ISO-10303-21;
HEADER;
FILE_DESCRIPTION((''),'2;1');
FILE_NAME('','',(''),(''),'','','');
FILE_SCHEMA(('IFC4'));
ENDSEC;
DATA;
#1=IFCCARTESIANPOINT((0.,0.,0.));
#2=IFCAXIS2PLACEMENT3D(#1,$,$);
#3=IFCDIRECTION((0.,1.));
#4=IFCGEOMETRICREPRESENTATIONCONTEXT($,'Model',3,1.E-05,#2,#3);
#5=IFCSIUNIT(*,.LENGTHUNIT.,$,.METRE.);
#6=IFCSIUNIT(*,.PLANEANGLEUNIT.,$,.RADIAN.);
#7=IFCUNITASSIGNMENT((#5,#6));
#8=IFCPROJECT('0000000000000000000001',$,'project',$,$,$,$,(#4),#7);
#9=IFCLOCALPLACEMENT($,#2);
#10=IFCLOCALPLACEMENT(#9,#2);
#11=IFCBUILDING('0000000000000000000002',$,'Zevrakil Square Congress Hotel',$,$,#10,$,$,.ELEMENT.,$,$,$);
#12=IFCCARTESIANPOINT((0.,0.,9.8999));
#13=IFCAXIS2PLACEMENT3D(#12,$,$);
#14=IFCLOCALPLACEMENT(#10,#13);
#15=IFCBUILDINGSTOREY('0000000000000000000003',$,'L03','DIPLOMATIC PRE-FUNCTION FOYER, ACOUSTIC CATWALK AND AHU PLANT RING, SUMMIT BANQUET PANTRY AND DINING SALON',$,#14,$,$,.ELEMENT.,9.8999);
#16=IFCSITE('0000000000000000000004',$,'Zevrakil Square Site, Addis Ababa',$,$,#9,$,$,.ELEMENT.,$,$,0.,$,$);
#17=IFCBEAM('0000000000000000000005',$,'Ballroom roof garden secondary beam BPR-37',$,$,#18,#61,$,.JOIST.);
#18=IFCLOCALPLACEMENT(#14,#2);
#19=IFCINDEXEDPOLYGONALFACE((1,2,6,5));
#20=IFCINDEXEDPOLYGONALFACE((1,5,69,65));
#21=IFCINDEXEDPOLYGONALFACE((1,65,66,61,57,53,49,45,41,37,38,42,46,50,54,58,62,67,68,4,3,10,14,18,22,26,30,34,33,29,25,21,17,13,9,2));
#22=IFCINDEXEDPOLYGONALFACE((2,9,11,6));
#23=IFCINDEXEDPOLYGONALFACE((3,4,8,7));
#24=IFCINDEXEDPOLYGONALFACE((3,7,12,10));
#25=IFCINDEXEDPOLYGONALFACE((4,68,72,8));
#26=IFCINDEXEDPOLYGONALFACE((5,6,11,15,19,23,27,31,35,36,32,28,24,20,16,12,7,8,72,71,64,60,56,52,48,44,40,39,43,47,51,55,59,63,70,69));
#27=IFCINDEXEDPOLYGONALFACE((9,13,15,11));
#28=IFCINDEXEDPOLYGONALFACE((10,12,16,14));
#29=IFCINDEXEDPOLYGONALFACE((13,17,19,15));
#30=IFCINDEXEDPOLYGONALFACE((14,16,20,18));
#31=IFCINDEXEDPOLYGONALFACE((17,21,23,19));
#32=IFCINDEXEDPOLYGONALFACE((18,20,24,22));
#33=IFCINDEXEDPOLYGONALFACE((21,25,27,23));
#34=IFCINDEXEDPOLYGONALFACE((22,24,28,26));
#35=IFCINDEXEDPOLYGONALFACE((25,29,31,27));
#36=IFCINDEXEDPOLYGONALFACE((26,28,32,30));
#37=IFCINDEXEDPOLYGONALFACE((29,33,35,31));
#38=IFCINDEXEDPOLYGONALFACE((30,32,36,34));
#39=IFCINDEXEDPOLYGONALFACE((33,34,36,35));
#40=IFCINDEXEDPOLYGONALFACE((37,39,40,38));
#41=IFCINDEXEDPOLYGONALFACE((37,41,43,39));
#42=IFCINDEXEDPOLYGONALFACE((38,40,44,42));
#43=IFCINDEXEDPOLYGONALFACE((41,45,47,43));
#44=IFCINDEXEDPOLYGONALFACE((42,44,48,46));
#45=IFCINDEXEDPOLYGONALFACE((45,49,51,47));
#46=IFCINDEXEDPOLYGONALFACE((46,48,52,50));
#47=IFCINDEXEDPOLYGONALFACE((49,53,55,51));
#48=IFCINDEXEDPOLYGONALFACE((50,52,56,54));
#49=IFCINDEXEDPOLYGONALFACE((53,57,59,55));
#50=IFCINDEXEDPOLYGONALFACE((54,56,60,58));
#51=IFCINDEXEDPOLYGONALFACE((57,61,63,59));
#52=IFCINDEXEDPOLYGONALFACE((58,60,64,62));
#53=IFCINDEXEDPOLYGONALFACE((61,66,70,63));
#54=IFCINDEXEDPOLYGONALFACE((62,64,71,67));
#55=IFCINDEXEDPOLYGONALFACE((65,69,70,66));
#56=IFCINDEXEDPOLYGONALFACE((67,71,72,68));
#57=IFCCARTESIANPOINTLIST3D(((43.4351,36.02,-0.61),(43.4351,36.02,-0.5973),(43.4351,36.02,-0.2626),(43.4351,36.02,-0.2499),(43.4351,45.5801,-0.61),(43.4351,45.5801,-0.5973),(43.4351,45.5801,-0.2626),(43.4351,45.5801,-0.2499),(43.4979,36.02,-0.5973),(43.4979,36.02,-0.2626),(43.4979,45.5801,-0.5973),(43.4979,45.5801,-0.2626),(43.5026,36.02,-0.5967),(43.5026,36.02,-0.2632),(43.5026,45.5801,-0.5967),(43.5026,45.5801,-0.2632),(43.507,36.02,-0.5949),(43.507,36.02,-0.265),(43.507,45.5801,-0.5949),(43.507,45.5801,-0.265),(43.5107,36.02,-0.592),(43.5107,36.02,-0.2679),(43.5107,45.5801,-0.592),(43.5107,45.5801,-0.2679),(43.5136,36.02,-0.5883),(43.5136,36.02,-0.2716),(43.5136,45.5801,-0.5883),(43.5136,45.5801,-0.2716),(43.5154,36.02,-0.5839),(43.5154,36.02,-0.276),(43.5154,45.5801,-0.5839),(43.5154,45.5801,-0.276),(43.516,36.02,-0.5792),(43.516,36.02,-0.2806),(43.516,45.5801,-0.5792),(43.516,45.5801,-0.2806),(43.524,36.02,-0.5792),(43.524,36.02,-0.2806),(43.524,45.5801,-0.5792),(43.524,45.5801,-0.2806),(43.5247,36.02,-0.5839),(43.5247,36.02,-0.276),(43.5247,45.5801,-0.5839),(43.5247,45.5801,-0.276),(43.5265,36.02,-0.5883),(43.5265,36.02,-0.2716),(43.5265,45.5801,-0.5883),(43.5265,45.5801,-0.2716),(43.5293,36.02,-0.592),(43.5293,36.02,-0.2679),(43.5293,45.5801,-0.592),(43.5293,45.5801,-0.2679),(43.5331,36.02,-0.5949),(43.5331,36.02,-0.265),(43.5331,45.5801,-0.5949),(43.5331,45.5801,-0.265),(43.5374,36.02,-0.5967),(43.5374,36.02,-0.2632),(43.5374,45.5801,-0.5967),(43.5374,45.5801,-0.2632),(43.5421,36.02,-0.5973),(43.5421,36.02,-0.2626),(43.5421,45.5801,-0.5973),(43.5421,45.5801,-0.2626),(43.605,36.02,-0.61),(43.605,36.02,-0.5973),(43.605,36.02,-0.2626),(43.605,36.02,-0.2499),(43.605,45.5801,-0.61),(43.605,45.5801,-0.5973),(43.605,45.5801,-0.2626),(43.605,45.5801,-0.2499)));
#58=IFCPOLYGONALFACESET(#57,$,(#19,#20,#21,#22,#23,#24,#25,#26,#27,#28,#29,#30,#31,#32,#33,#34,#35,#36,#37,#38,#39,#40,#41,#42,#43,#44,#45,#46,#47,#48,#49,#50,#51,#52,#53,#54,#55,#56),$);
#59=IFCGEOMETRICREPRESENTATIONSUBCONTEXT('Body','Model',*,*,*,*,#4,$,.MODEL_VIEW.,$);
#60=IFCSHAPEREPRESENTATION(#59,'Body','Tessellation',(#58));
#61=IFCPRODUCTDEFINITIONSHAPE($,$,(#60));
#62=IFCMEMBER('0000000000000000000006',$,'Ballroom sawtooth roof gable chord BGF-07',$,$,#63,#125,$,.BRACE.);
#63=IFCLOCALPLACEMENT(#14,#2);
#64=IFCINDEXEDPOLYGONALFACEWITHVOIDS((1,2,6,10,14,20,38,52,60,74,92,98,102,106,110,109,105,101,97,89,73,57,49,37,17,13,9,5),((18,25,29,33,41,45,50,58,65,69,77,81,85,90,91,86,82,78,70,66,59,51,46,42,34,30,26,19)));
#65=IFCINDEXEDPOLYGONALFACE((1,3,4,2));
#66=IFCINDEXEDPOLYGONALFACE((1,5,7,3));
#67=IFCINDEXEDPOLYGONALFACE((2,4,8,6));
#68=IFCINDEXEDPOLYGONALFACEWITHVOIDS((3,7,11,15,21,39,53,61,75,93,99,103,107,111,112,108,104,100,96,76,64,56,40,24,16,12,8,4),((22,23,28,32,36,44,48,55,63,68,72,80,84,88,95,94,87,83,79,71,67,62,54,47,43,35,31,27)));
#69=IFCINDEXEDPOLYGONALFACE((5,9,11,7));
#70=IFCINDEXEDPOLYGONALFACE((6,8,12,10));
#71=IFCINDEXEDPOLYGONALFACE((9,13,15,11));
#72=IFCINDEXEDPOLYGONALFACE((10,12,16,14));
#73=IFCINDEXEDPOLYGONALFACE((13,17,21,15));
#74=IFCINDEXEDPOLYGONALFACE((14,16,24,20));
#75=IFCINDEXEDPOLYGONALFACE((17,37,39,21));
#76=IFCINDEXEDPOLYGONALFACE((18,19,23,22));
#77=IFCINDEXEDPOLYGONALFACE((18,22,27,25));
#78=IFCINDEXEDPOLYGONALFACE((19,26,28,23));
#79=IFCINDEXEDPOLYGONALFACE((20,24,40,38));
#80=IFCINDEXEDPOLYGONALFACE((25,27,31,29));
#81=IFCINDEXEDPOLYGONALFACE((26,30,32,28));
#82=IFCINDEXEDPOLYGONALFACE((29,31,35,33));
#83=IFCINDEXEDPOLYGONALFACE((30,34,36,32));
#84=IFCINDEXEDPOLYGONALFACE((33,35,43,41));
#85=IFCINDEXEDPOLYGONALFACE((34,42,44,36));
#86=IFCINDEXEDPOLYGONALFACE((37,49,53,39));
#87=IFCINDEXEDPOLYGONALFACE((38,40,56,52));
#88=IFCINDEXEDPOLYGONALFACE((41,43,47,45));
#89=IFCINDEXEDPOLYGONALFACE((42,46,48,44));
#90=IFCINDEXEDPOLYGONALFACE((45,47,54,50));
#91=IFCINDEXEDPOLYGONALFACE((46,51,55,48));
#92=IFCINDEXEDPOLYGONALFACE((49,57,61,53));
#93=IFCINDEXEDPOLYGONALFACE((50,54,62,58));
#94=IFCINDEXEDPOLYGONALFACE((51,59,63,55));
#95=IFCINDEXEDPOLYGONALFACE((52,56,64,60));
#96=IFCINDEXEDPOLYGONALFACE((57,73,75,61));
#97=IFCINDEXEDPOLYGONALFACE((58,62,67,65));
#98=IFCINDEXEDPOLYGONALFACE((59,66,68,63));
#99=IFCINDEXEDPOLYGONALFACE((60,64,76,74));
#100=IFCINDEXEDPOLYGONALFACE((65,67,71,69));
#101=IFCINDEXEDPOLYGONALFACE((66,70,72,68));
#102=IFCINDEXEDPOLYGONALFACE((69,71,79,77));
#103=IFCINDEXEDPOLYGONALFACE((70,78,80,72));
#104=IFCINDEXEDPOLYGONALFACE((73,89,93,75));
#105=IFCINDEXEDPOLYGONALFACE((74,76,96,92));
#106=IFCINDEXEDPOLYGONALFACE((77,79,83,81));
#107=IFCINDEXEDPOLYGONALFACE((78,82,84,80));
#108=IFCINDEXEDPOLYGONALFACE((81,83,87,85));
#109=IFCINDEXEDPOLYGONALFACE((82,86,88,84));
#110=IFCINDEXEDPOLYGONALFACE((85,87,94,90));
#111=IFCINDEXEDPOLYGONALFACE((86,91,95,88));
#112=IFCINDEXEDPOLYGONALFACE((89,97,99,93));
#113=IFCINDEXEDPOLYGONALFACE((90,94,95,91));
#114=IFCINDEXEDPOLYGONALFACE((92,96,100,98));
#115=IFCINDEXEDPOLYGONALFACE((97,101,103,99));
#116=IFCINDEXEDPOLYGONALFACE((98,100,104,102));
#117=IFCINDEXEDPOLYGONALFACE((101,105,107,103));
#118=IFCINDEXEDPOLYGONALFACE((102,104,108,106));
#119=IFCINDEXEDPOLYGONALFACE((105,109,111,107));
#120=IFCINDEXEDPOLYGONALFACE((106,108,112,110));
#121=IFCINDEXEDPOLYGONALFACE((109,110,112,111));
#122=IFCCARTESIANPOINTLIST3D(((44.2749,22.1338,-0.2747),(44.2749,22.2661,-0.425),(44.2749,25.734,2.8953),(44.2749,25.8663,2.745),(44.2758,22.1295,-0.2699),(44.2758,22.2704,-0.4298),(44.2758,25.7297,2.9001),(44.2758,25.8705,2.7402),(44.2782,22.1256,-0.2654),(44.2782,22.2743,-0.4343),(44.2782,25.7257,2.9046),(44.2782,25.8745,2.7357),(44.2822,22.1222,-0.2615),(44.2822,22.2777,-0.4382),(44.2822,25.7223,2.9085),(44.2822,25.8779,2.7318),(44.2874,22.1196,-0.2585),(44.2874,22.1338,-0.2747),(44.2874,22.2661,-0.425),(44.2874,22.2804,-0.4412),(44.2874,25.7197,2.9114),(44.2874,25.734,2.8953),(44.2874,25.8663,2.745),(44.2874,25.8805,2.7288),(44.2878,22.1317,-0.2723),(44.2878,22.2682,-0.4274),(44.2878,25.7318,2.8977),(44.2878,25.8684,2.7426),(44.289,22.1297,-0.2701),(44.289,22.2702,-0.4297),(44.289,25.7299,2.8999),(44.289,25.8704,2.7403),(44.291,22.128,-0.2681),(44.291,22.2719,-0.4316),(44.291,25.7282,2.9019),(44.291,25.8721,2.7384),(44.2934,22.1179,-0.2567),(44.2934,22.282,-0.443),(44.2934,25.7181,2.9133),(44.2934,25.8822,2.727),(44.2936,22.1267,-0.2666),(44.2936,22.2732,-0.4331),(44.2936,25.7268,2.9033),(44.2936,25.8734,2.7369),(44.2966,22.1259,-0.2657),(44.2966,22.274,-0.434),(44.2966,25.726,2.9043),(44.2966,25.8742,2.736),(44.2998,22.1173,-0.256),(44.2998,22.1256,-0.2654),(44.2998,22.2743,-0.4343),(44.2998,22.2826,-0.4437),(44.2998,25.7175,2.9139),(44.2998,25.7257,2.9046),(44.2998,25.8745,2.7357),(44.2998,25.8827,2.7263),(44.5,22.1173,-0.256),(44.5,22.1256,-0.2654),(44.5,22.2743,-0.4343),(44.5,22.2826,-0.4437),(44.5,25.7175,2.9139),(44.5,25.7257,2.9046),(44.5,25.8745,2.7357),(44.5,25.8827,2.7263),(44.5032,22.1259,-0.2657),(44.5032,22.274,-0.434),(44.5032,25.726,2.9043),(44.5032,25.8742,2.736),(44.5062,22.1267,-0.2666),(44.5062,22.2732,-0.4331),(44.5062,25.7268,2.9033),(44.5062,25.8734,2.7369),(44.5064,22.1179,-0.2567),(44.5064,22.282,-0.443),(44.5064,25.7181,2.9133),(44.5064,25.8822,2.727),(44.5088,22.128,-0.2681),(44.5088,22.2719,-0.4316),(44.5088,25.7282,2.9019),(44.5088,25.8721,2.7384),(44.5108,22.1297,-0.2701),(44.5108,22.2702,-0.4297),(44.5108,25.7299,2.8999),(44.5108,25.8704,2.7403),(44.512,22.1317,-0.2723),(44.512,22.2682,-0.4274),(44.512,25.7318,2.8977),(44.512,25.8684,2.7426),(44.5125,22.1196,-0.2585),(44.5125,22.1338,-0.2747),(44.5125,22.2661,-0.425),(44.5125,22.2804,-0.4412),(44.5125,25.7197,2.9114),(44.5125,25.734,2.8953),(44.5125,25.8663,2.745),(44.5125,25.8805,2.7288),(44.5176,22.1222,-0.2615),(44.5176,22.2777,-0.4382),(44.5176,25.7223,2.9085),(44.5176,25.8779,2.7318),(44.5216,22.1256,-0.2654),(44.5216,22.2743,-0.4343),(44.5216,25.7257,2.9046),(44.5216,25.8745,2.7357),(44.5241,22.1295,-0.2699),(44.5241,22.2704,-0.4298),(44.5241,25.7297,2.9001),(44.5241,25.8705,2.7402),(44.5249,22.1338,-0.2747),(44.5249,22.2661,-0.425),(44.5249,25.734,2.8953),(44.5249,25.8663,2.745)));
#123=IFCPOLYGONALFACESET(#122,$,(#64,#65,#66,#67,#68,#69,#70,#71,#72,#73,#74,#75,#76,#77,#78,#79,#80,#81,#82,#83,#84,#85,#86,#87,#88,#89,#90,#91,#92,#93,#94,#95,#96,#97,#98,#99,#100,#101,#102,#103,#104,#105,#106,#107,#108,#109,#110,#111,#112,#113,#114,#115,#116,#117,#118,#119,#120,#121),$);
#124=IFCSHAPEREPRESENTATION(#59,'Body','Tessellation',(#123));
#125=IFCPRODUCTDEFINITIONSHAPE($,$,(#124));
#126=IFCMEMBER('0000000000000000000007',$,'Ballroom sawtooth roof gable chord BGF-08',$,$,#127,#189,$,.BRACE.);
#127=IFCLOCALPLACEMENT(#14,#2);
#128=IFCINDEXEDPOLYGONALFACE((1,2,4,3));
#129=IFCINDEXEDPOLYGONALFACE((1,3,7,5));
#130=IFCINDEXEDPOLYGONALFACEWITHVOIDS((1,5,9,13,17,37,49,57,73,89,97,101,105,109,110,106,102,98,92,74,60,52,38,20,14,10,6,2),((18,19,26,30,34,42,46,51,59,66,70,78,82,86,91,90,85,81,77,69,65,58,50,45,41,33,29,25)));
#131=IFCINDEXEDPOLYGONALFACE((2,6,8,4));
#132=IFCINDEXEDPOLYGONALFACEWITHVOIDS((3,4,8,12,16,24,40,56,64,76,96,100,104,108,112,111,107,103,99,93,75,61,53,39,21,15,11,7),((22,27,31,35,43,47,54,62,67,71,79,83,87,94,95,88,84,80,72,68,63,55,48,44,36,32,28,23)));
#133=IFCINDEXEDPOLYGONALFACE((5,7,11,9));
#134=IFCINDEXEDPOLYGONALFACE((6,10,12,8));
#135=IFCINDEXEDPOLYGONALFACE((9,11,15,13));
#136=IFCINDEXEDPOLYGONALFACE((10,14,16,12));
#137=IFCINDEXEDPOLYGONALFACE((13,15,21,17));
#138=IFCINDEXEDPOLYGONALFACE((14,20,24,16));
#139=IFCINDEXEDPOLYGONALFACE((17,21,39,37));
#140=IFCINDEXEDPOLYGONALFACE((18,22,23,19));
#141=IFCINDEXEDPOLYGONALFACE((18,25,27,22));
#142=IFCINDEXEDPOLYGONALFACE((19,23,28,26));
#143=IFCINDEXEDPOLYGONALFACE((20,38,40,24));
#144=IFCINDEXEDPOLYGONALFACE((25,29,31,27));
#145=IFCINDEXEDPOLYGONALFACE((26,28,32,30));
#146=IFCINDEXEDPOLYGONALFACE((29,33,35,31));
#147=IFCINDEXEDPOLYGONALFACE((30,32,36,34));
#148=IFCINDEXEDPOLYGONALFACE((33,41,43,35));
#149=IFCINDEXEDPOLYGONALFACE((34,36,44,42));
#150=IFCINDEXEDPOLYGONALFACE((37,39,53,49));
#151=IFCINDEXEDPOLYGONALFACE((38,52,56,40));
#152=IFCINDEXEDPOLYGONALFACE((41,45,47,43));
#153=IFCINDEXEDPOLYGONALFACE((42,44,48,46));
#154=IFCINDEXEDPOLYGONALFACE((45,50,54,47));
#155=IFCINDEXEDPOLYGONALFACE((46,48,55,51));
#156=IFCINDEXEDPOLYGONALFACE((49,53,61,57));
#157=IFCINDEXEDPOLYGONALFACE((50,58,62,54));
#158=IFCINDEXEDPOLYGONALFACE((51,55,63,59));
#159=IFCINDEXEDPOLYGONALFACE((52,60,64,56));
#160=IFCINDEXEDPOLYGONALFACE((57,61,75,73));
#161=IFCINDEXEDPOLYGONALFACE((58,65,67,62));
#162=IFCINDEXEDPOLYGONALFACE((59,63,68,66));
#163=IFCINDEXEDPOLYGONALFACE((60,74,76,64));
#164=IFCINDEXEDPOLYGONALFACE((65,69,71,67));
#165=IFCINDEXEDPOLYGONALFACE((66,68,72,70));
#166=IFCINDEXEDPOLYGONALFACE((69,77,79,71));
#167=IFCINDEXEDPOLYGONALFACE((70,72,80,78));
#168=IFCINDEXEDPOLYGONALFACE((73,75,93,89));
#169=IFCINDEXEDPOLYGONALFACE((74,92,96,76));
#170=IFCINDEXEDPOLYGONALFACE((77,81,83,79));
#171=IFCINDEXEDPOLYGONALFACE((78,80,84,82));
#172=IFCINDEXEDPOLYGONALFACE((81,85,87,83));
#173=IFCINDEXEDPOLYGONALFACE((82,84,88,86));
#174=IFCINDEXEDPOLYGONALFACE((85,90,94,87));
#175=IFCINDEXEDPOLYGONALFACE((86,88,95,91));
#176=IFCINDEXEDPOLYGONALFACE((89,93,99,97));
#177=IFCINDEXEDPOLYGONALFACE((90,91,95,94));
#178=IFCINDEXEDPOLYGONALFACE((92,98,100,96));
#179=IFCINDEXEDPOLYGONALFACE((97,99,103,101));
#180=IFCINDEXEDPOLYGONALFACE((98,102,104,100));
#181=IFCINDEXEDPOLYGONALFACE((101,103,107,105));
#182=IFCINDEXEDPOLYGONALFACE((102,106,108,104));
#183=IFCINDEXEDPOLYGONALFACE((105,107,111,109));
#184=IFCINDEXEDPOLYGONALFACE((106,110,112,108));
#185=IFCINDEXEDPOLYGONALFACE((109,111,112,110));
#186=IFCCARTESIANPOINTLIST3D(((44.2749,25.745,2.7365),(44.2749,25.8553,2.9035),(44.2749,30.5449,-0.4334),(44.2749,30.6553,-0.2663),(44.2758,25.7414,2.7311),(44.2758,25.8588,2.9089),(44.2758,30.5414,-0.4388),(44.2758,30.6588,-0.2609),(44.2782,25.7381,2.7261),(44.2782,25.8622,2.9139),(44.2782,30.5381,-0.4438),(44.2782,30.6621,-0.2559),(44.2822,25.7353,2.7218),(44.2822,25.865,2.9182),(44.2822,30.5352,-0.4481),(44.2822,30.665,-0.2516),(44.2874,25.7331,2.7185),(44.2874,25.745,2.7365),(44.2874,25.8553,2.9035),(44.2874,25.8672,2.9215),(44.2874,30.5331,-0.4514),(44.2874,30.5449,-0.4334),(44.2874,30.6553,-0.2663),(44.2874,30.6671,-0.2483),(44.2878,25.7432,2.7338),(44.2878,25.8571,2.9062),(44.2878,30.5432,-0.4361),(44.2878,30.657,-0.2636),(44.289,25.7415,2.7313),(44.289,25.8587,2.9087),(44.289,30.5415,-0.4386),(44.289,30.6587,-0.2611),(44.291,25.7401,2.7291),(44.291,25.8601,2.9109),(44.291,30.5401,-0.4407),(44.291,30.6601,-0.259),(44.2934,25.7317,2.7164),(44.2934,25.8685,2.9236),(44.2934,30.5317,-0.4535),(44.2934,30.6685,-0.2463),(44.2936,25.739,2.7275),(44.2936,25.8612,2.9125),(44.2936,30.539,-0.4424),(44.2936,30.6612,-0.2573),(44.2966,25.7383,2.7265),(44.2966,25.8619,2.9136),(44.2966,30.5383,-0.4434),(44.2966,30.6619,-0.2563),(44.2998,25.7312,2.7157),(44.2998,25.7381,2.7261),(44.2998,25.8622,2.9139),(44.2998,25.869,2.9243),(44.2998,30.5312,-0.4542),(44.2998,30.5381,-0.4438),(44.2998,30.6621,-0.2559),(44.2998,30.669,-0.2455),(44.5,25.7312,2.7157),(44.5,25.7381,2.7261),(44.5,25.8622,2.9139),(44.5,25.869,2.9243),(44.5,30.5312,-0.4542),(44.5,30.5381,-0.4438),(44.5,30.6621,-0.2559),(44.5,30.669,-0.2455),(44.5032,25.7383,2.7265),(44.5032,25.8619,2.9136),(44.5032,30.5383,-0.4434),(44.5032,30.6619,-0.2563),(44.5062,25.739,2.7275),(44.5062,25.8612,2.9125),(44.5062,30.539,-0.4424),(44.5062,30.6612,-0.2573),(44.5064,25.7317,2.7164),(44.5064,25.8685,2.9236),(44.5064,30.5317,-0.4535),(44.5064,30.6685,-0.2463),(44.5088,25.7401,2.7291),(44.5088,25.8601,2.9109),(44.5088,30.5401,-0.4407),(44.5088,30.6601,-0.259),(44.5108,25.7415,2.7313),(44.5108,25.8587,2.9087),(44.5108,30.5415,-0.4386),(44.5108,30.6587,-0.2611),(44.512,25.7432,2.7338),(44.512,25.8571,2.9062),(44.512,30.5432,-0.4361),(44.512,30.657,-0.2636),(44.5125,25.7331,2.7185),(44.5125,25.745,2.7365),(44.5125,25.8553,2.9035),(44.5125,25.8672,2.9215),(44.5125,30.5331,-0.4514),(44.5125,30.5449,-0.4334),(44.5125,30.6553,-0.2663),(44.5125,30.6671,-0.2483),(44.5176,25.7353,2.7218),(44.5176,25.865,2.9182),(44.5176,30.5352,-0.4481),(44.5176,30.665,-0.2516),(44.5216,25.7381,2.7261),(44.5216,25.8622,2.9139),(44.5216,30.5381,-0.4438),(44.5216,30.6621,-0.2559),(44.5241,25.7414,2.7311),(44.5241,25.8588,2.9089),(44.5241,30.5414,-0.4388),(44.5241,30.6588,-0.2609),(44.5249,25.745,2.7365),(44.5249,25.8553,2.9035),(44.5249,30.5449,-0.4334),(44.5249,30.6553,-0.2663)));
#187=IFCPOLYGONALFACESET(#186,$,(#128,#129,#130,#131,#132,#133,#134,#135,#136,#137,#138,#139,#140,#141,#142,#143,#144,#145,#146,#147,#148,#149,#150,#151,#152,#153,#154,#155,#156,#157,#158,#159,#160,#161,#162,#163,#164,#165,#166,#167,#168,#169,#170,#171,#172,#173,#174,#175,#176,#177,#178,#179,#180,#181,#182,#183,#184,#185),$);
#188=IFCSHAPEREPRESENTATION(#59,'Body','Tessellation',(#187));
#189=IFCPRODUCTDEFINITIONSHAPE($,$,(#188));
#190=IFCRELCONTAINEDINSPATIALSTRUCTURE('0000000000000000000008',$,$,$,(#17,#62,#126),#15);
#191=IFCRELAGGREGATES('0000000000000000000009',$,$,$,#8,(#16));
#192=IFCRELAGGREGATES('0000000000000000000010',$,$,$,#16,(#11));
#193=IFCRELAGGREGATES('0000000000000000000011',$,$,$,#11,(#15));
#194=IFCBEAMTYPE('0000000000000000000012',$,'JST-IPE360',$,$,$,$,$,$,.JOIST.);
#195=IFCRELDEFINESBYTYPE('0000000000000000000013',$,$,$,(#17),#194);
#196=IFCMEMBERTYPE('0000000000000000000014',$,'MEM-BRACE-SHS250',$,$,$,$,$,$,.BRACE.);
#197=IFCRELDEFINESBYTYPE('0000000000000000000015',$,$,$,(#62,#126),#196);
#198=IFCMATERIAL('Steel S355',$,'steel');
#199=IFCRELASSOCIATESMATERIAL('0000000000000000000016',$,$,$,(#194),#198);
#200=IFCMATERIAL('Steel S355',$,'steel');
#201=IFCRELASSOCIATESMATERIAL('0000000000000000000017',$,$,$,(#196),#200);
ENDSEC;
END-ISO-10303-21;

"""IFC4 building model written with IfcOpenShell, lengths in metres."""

from ifc_helpers import new_model, si_unit, direction, frame, origin, origin_2d, place, context, subcontext, project, spatial, hollow_rectangle, i_section, extrude, material, material_profile, profile_set, type_object, element, save


model = new_model("IFC4")

# Units and contexts
model_context = context("Model", 3, precision=1e-05, world=origin(), true_north=direction((0.0, 1.0)))
body_context = subcontext(model_context, "Body", "Model", "MODEL_VIEW")
ifc_project = project(units=[si_unit("LENGTHUNIT", "METRE"), si_unit("PLANEANGLEUNIT", "RADIAN")], contexts=[model_context])

# Site, building, storey
site_placement = place(None, origin())
site = spatial("IfcSite", under=ifc_project, at=site_placement, Name="Zevrakil Square Site, Addis Ababa", CompositionType="ELEMENT", RefElevation=0.0)
building_placement = place(site_placement, origin())
building = spatial("IfcBuilding", under=site, at=building_placement, Name="Zevrakil Square Congress Hotel", CompositionType="ELEMENT")
storey_placement = place(building_placement, frame((0.0, 0.0, 9.8999)))
storey = spatial("IfcBuildingStorey", under=building, at=storey_placement, Name="L03", Description="DIPLOMATIC PRE-FUNCTION FOYER, ACOUSTIC CATWALK AND AHU PLANT RING, SUMMIT BANQUET PANTRY AND DINING SALON", CompositionType="ELEMENT", Elevation=9.8999)

# Beam
ifc_material_1 = material(Name="Steel S355", Category="steel")
ifc_material_profile_1 = material_profile(ifc_material_1, i_section(OverallWidth=0.1699, OverallDepth=0.3601, WebThickness=0.0081, FlangeThickness=0.0127, FilletRadius=0.0181, at=origin_2d()), Name="IPE 360")
ifc_profile_set_1 = profile_set([ifc_material_profile_1], Name="Steel S355")
beam_type_1 = type_object("IfcBeamType", Name="JST-IPE360", PredefinedType="JOIST", material=ifc_profile_set_1)
for number, where, z_axis, x_axis, name in (
    (1, (43.52, 36.02, -0.4299), (0.0, 1.0, 0.0), (-1.0, 0.0, 0.0), "Ballroom roof garden secondary beam BPR-37"),
):
    element("IfcBeam", number, at=place(storey_placement, frame(where, z_axis=z_axis, x_axis=x_axis)), inside=storey, type_object=beam_type_1, Name=name, PredefinedType="JOIST", context=body_context, shape_type="SweptSolid", body=[
        extrude(i_section(OverallWidth=0.1699, OverallDepth=0.3601, WebThickness=0.0081, FlangeThickness=0.0127, FilletRadius=0.0181, at=origin_2d()), origin(), (0.0, 0.0, 1.0), 9.5601),
    ])

# Members
ifc_material_2 = material(Name="Steel S355", Category="steel")
ifc_material_profile_2 = material_profile(ifc_material_2, hollow_rectangle(XDim=0.25, YDim=0.25, WallThickness=0.0125, InnerFilletRadius=0.0125, OuterFilletRadius=0.0249, at=origin_2d()), Name="SHS 250x250x12.5")
ifc_profile_set_2 = profile_set([ifc_material_profile_2], Name="Steel S355")
member_type_1 = type_object("IfcMemberType", Name="MEM-BRACE-SHS250", PredefinedType="BRACE", material=ifc_profile_set_2)
member_1_placement = place(storey_placement, frame((44.3999, 22.2, -0.3499), z_axis=(0.0, 0.750524, 0.660844), x_axis=(-1.0, 0.0, 0.0)))
element("IfcMember", 2, at=member_1_placement, inside=storey, type_object=member_type_1, Name="Ballroom sawtooth roof gable chord BGF-07", PredefinedType="BRACE", context=body_context, shape_type="SweptSolid", body=[
    extrude(hollow_rectangle(XDim=0.25, YDim=0.25, WallThickness=0.0125, InnerFilletRadius=0.0125, OuterFilletRadius=0.0249, at=origin_2d()), origin(), (0.0, 0.0, 1.0), 4.7969),
])
member_2_placement = place(storey_placement, frame((44.3999, 30.6001, -0.3499), z_axis=(0.0, -0.834458, 0.551071), x_axis=(1.0, 0.0, 0.0)))
element("IfcMember", 3, at=member_2_placement, inside=storey, type_object=member_type_1, Name="Ballroom sawtooth roof gable chord BGF-08", PredefinedType="BRACE", context=body_context, shape_type="SweptSolid", body=[
    extrude(hollow_rectangle(XDim=0.25, YDim=0.25, WallThickness=0.0125, InnerFilletRadius=0.0125, OuterFilletRadius=0.0249, at=origin_2d()), origin(), (0.0, 0.0, 1.0), 5.7522),
])

save(model, "model.ifc")
